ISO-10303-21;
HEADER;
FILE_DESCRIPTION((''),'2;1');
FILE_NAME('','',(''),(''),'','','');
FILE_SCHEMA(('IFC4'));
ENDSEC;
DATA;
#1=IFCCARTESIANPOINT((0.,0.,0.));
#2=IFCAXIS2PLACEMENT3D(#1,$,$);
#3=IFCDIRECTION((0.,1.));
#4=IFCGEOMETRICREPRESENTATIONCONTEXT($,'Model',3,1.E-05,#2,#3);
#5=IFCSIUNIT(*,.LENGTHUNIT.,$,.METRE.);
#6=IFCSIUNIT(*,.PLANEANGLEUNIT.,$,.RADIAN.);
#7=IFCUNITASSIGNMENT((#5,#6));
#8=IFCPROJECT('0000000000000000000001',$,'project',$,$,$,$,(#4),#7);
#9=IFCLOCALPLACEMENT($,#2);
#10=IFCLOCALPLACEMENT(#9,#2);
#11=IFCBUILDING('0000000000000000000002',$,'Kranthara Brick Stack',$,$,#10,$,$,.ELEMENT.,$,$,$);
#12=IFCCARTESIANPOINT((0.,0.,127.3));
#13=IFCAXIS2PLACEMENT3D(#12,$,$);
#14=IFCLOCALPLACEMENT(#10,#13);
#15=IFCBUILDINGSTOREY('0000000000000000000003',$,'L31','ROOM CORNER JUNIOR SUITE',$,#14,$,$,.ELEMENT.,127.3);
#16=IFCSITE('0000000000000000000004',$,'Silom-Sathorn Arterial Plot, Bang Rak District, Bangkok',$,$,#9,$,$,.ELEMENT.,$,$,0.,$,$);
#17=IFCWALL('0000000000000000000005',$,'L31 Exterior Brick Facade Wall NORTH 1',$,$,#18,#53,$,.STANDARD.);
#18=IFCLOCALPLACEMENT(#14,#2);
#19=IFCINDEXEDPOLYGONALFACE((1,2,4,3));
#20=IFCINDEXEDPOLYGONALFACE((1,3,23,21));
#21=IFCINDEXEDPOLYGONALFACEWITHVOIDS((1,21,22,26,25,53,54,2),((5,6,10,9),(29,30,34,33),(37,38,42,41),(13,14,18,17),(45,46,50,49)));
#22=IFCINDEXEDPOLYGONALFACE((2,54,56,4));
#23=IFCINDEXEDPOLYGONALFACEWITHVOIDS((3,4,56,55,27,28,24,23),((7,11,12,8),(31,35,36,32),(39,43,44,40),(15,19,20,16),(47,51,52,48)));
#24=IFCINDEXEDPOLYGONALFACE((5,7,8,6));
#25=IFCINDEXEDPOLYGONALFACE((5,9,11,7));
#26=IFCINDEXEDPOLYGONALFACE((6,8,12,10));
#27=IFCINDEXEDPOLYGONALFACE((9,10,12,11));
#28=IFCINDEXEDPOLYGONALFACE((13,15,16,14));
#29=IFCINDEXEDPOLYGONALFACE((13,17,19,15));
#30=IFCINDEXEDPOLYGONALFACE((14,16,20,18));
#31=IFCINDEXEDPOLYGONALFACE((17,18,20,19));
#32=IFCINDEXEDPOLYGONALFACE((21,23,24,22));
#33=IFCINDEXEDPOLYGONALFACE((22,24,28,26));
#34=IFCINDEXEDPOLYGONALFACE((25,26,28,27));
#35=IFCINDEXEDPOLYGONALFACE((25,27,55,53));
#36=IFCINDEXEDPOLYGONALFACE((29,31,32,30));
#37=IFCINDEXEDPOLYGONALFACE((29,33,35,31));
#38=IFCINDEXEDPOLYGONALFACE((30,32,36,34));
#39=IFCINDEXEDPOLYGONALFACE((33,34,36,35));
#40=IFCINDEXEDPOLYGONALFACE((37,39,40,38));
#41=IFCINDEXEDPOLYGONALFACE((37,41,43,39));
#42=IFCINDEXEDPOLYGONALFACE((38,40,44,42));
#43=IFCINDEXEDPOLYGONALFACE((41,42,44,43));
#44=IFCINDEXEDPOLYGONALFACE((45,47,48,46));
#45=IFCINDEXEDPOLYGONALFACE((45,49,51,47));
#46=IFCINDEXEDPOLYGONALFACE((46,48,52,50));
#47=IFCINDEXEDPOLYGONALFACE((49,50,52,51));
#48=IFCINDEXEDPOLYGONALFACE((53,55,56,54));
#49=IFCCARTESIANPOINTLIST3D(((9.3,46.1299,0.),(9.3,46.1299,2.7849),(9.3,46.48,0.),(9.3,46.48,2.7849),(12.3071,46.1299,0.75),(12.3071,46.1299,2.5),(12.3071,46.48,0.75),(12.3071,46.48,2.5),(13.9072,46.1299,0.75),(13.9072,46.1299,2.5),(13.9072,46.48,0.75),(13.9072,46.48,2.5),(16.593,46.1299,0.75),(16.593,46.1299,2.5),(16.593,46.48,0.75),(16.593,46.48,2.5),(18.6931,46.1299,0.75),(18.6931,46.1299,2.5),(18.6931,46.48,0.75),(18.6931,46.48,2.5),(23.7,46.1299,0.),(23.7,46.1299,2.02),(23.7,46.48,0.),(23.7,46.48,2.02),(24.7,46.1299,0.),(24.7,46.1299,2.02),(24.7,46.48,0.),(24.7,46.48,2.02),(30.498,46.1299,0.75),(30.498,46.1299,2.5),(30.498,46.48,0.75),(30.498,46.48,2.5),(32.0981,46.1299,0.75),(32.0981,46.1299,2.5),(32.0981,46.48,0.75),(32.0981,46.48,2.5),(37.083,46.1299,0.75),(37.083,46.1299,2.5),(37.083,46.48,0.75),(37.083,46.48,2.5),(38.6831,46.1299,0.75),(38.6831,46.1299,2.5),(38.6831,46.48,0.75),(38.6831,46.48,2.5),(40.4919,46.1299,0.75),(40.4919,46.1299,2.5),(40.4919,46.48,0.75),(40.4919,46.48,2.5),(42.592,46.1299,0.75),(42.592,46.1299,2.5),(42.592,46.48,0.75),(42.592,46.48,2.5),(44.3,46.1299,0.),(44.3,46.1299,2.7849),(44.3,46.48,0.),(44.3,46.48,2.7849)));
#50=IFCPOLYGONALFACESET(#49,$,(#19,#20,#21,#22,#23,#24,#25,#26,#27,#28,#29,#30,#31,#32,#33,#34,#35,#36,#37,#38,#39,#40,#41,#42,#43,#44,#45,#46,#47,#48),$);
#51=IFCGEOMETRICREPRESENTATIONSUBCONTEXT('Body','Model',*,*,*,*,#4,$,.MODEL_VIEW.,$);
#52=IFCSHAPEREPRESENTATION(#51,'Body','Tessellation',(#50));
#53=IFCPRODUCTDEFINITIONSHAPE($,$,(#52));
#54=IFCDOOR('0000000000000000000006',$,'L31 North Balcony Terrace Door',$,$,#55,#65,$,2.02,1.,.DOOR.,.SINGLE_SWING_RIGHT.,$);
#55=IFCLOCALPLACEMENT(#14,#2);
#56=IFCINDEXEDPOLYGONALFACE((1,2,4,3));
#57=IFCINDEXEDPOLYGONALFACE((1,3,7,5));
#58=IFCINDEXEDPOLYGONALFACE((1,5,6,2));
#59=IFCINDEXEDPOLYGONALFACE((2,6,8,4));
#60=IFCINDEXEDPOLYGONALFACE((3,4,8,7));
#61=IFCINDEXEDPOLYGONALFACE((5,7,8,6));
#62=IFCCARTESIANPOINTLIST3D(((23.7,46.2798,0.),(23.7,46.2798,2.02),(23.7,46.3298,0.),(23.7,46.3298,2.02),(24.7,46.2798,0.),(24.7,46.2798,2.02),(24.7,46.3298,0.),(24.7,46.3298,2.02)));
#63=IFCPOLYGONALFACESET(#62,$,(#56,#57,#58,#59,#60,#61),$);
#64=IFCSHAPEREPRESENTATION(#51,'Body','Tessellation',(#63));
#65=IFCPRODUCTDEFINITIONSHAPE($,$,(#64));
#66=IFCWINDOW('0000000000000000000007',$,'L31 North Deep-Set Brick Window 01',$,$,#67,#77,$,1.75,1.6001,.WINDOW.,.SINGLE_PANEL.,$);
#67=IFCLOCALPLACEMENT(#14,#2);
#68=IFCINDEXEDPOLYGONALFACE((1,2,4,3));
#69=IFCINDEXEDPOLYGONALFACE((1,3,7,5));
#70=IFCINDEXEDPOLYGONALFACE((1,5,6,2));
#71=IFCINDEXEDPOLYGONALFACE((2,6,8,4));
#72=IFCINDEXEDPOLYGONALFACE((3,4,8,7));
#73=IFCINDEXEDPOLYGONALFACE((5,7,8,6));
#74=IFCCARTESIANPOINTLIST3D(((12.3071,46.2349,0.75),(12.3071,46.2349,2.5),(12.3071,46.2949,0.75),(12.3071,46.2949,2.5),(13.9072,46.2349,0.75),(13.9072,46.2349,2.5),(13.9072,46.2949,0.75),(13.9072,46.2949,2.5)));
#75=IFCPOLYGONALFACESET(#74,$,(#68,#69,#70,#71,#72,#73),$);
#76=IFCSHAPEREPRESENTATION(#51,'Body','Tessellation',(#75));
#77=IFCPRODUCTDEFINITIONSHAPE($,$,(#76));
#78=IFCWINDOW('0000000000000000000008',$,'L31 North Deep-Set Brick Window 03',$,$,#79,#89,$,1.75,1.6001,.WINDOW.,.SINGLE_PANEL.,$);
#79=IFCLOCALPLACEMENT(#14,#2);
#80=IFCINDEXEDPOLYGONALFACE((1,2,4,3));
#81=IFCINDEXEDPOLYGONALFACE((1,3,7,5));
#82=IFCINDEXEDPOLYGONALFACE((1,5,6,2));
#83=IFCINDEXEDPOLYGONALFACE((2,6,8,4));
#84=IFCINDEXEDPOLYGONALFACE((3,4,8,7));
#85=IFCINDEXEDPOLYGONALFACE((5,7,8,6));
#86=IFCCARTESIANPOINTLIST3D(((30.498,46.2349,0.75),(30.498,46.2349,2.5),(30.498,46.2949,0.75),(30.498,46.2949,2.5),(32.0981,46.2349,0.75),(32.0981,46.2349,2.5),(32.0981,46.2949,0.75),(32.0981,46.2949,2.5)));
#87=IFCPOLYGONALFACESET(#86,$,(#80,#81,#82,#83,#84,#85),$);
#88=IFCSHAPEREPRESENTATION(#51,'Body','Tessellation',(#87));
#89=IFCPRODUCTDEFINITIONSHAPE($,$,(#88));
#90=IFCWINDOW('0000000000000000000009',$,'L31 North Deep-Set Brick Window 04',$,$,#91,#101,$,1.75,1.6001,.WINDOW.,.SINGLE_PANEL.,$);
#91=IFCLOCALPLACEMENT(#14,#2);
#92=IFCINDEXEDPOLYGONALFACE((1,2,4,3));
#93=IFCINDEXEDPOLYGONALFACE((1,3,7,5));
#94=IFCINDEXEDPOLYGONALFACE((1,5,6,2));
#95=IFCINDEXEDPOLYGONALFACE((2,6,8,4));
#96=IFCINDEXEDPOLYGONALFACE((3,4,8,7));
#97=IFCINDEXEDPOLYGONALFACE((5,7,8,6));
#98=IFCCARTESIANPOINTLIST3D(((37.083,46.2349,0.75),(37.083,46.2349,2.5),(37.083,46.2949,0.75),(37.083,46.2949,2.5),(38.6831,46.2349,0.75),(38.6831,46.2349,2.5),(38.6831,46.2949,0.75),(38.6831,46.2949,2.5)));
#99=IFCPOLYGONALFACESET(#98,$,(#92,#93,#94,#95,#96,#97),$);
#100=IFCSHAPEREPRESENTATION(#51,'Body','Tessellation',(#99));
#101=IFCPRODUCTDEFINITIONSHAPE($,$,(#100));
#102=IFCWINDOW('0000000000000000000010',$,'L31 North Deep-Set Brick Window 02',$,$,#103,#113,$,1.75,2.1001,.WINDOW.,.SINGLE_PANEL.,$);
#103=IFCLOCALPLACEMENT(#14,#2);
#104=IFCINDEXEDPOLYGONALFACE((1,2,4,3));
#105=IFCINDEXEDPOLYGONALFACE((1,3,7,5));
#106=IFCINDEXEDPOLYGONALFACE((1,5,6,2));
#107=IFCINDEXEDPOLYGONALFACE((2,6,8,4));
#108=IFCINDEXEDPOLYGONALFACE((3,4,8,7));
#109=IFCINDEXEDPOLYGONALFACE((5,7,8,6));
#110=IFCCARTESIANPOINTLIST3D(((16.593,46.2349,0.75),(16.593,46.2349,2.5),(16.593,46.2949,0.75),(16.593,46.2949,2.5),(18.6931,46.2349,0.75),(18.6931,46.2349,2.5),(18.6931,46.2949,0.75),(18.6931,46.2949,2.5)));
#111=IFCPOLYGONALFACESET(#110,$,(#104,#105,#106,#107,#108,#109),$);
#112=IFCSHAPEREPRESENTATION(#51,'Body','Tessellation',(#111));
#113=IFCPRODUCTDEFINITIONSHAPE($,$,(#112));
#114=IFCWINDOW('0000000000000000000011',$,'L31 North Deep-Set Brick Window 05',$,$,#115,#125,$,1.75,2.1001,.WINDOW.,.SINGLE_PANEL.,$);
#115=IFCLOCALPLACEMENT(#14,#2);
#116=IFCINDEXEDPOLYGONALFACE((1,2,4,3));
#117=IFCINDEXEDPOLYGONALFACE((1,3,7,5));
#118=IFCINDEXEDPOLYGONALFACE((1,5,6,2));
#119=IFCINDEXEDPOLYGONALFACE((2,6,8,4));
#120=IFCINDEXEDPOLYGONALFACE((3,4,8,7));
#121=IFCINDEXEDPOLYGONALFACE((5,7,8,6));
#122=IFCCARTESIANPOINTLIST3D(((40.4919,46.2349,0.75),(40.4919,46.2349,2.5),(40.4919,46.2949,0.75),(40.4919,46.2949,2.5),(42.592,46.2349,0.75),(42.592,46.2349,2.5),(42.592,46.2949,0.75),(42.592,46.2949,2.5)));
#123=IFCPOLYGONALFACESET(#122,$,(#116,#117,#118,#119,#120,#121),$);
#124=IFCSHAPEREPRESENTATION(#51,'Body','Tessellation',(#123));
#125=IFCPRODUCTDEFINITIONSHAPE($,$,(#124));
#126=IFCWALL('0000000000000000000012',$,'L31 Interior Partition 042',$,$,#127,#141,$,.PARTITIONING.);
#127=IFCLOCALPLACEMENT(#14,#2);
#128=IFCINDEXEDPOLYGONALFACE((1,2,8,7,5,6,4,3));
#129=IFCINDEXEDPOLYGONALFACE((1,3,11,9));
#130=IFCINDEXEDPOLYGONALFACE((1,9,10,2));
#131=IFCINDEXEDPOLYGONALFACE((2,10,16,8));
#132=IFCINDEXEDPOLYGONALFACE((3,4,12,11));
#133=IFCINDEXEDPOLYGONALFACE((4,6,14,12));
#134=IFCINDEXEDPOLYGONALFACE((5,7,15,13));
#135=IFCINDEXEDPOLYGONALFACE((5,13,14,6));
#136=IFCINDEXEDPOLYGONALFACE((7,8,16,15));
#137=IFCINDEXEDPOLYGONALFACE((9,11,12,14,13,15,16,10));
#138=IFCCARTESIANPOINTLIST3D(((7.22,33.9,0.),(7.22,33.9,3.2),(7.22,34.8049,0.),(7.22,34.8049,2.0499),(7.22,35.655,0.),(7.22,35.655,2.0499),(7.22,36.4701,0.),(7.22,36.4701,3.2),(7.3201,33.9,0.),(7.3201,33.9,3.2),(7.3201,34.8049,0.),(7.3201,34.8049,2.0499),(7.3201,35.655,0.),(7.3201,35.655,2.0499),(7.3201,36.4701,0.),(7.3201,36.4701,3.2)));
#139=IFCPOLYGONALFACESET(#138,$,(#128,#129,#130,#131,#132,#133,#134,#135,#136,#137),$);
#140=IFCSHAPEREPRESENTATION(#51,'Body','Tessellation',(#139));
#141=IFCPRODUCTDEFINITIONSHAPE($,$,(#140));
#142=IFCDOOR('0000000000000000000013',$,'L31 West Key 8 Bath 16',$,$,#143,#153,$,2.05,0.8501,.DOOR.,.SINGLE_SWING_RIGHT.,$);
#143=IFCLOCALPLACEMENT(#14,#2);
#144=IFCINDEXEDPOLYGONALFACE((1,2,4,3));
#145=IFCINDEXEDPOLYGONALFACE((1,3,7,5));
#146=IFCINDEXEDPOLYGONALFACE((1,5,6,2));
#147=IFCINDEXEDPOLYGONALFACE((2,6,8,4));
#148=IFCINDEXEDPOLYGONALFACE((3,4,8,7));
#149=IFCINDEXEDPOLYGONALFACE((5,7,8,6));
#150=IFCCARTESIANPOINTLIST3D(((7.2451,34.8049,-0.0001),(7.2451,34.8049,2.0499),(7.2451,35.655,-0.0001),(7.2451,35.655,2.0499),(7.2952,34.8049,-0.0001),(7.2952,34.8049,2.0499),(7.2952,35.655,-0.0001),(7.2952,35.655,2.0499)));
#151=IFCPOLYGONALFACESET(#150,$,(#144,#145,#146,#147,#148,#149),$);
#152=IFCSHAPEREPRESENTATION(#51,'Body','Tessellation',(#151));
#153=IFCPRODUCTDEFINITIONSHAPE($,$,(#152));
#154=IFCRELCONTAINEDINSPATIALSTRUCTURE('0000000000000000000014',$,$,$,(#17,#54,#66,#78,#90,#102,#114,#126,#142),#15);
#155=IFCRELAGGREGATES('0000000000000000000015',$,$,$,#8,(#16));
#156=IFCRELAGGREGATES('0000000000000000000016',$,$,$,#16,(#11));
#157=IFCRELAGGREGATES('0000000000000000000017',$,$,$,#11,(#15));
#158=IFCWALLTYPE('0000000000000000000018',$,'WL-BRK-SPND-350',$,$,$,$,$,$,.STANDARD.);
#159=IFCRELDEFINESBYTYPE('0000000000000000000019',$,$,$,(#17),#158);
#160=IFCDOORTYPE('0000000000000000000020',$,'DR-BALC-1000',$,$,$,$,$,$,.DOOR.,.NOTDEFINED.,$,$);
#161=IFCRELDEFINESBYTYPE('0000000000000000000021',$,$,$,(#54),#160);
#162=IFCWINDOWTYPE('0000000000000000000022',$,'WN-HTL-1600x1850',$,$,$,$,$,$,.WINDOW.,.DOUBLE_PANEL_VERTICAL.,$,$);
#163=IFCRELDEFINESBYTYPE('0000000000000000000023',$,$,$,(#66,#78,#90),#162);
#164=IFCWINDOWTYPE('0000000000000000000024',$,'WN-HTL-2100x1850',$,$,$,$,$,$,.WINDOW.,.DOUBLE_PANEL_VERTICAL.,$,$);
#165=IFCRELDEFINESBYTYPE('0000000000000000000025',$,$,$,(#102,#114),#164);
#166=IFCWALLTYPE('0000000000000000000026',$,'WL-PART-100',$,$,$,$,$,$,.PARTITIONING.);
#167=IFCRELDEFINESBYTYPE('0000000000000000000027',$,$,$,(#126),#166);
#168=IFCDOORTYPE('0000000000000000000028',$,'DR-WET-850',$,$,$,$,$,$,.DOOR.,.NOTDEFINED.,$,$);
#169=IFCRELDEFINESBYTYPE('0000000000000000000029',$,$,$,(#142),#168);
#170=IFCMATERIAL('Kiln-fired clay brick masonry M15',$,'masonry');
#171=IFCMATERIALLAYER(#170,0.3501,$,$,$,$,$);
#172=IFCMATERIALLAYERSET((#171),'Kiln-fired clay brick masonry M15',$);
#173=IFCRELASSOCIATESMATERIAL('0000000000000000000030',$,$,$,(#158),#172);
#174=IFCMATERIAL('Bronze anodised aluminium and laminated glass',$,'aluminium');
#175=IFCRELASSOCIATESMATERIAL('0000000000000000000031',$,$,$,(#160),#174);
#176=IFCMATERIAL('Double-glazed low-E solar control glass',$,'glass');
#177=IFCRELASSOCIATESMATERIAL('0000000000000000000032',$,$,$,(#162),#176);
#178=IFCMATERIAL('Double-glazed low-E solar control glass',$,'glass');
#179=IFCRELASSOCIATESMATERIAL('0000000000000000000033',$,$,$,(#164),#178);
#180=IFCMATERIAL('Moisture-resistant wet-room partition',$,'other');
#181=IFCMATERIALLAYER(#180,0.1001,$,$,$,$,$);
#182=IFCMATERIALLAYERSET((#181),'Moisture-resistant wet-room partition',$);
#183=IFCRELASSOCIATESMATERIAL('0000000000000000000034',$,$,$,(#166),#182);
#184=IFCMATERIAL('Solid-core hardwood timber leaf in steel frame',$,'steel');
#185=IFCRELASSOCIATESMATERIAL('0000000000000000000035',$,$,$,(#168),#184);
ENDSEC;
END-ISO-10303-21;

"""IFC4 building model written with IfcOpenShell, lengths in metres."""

from ifc_helpers import new_model, si_unit, direction, frame, frame_2d, origin, place, context, subcontext, project, spatial, rectangle, extrude, material, layer, layer_set, type_object, element, fill, save


model = new_model("IFC4")

# Units and contexts
model_context = context("Model", 3, precision=1e-05, world=origin(), true_north=direction((0.0, 1.0)))
body_context = subcontext(model_context, "Body", "Model", "MODEL_VIEW")
ifc_project = project(units=[si_unit("LENGTHUNIT", "METRE"), si_unit("PLANEANGLEUNIT", "RADIAN")], contexts=[model_context])

# Site, building, storey
site_placement = place(None, origin())
site = spatial("IfcSite", under=ifc_project, at=site_placement, Name="Silom-Sathorn Arterial Plot, Bang Rak District, Bangkok", CompositionType="ELEMENT", RefElevation=0.0)
building_placement = place(site_placement, origin())
building = spatial("IfcBuilding", under=site, at=building_placement, Name="Kranthara Brick Stack", CompositionType="ELEMENT")
storey_placement = place(building_placement, frame((0.0, 0.0, 127.3)))
storey = spatial("IfcBuildingStorey", under=building, at=storey_placement, Name="L31", Description="ROOM CORNER JUNIOR SUITE", CompositionType="ELEMENT", Elevation=127.3)

# Shared definitions
ifc_material_1 = material(Name="Kiln-fired clay brick masonry M15", Category="masonry")
ifc_layer_1 = layer(ifc_material_1, 0.3501)
ifc_layer_set_1 = layer_set([ifc_layer_1], Name="Kiln-fired clay brick masonry M15")
wall_type_1 = type_object("IfcWallType", Name="WL-BRK-SPND-350", PredefinedType="STANDARD", material=ifc_layer_set_1)

# Wall, openings, door, windows
wall_1_placement = place(storey_placement, frame((9.3, 46.3049, 0.0), z_axis=(0.0, 0.0, 1.0), x_axis=(1.0, 0.0, 0.0)))
wall_1 = element("IfcWall", 1, at=wall_1_placement, inside=storey, type_object=wall_type_1, Name="L31 Exterior Brick Facade Wall NORTH 1", PredefinedType="STANDARD", context=body_context, shape_type="SweptSolid", body=[
    extrude(rectangle(XDim=35.0, YDim=0.3501, at=frame_2d((17.5, 0.0))), origin(), (0.0, 0.0, 1.0), 2.7849),
])
opening_1_placement = place(wall_1_placement, frame((14.3999, 0.0, 0.0)))
opening_1 = element("IfcOpeningElement", 2, at=opening_1_placement, cuts=wall_1, PredefinedType="OPENING", context=body_context, shape_type="SweptSolid", body=[
    extrude(rectangle(XDim=1.0, YDim=2.02, at=frame_2d((0.5, 1.01))), frame((0.0, 0.1851, 0.0), z_axis=(0.0, -1.0, 0.0), x_axis=(1.0, 0.0, 0.0)), (0.0, 0.0, 1.0), 0.3701),
])
opening_2_placement = place(wall_1_placement, frame((3.0071, 0.0, 0.75)))
opening_2 = element("IfcOpeningElement", 3, at=opening_2_placement, cuts=wall_1, PredefinedType="OPENING", context=body_context, shape_type="SweptSolid", body=[
    extrude(rectangle(XDim=1.6001, YDim=1.75, at=frame_2d((0.8, 0.875))), frame((0.0, 0.1851, 0.0), z_axis=(0.0, -1.0, 0.0), x_axis=(1.0, 0.0, 0.0)), (0.0, 0.0, 1.0), 0.3701),
])
opening_3_placement = place(wall_1_placement, frame((7.293, 0.0, 0.75)))
opening_3 = element("IfcOpeningElement", 4, at=opening_3_placement, cuts=wall_1, PredefinedType="OPENING", context=body_context, shape_type="SweptSolid", body=[
    extrude(rectangle(XDim=2.1001, YDim=1.75, at=frame_2d((1.05, 0.875))), frame((0.0, 0.1851, 0.0), z_axis=(0.0, -1.0, 0.0), x_axis=(1.0, 0.0, 0.0)), (0.0, 0.0, 1.0), 0.3701),
])
opening_4_placement = place(wall_1_placement, frame((21.198, 0.0, 0.75)))
opening_4 = element("IfcOpeningElement", 5, at=opening_4_placement, cuts=wall_1, PredefinedType="OPENING", context=body_context, shape_type="SweptSolid", body=[
    extrude(rectangle(XDim=1.6001, YDim=1.75, at=frame_2d((0.8, 0.875))), frame((0.0, 0.1851, 0.0), z_axis=(0.0, -1.0, 0.0), x_axis=(1.0, 0.0, 0.0)), (0.0, 0.0, 1.0), 0.3701),
])
opening_5_placement = place(wall_1_placement, frame((27.783, 0.0, 0.75)))
opening_5 = element("IfcOpeningElement", 6, at=opening_5_placement, cuts=wall_1, PredefinedType="OPENING", context=body_context, shape_type="SweptSolid", body=[
    extrude(rectangle(XDim=1.6001, YDim=1.75, at=frame_2d((0.8, 0.875))), frame((0.0, 0.1851, 0.0), z_axis=(0.0, -1.0, 0.0), x_axis=(1.0, 0.0, 0.0)), (0.0, 0.0, 1.0), 0.3701),
])
opening_6_placement = place(wall_1_placement, frame((31.1919, 0.0, 0.75)))
opening_6 = element("IfcOpeningElement", 7, at=opening_6_placement, cuts=wall_1, PredefinedType="OPENING", context=body_context, shape_type="SweptSolid", body=[
    extrude(rectangle(XDim=2.1001, YDim=1.75, at=frame_2d((1.05, 0.875))), frame((0.0, 0.1851, 0.0), z_axis=(0.0, -1.0, 0.0), x_axis=(1.0, 0.0, 0.0)), (0.0, 0.0, 1.0), 0.3701),
])
ifc_material_2 = material(Name="Bronze anodised aluminium and laminated glass", Category="aluminium")
door_type_1 = type_object("IfcDoorType", Name="DR-BALC-1000", OperationType="NOTDEFINED", PredefinedType="DOOR", material=ifc_material_2)
door_1_placement = place(opening_1_placement, origin())
door_1 = element("IfcDoor", 8, at=door_1_placement, inside=storey, type_object=door_type_1, Name="L31 North Balcony Terrace Door", OperationType="SINGLE_SWING_RIGHT", OverallHeight=2.02, OverallWidth=1.0, PredefinedType="DOOR", context=body_context, shape_type="SweptSolid", body=[
    extrude(rectangle(XDim=1.0, YDim=2.02, at=frame_2d((0.5, 1.01))), frame((0.0, 0.0249, 0.0), z_axis=(0.0, -1.0, 0.0), x_axis=(1.0, 0.0, 0.0)), (0.0, 0.0, 1.0), 0.05),
])
fill(opening_1, door_1)
ifc_material_3 = material(Name="Double-glazed low-E solar control glass", Category="glass")
window_type_1 = type_object("IfcWindowType", Name="WN-HTL-1600x1850", PartitioningType="DOUBLE_PANEL_VERTICAL", PredefinedType="WINDOW", material=ifc_material_3)
window_1_placement = place(opening_2_placement, origin())
window_1 = element("IfcWindow", 9, at=window_1_placement, inside=storey, type_object=window_type_1, Name="L31 North Deep-Set Brick Window 01", OverallHeight=1.75, OverallWidth=1.6001, PartitioningType="SINGLE_PANEL", PredefinedType="WINDOW", context=body_context, shape_type="SweptSolid", body=[
    extrude(rectangle(XDim=1.6001, YDim=1.75, at=frame_2d((0.8, 0.875))), frame((0.0, -0.01, 0.0), z_axis=(0.0, -1.0, 0.0), x_axis=(1.0, 0.0, 0.0)), (0.0, 0.0, 1.0), 0.0601),
])
fill(opening_2, window_1)
window_2_placement = place(opening_4_placement, origin())
window_2 = element("IfcWindow", 10, at=window_2_placement, inside=storey, type_object=window_type_1, Name="L31 North Deep-Set Brick Window 03", OverallHeight=1.75, OverallWidth=1.6001, PartitioningType="SINGLE_PANEL", PredefinedType="WINDOW", context=body_context, shape_type="SweptSolid", body=[
    extrude(rectangle(XDim=1.6001, YDim=1.75, at=frame_2d((0.8, 0.875))), frame((0.0, -0.01, 0.0), z_axis=(0.0, -1.0, 0.0), x_axis=(1.0, 0.0, 0.0)), (0.0, 0.0, 1.0), 0.0601),
])
fill(opening_4, window_2)
window_3_placement = place(opening_5_placement, origin())
window_3 = element("IfcWindow", 11, at=window_3_placement, inside=storey, type_object=window_type_1, Name="L31 North Deep-Set Brick Window 04", OverallHeight=1.75, OverallWidth=1.6001, PartitioningType="SINGLE_PANEL", PredefinedType="WINDOW", context=body_context, shape_type="SweptSolid", body=[
    extrude(rectangle(XDim=1.6001, YDim=1.75, at=frame_2d((0.8, 0.875))), frame((0.0, -0.01, 0.0), z_axis=(0.0, -1.0, 0.0), x_axis=(1.0, 0.0, 0.0)), (0.0, 0.0, 1.0), 0.0601),
])
fill(opening_5, window_3)
ifc_material_4 = material(Name="Double-glazed low-E solar control glass", Category="glass")
window_type_2 = type_object("IfcWindowType", Name="WN-HTL-2100x1850", PartitioningType="DOUBLE_PANEL_VERTICAL", PredefinedType="WINDOW", material=ifc_material_4)
window_4_placement = place(opening_3_placement, origin())
window_4 = element("IfcWindow", 12, at=window_4_placement, inside=storey, type_object=window_type_2, Name="L31 North Deep-Set Brick Window 02", OverallHeight=1.75, OverallWidth=2.1001, PartitioningType="SINGLE_PANEL", PredefinedType="WINDOW", context=body_context, shape_type="SweptSolid", body=[
    extrude(rectangle(XDim=2.1001, YDim=1.75, at=frame_2d((1.05, 0.875))), frame((0.0, -0.01, 0.0), z_axis=(0.0, -1.0, 0.0), x_axis=(1.0, 0.0, 0.0)), (0.0, 0.0, 1.0), 0.0601),
])
fill(opening_3, window_4)
window_5_placement = place(opening_6_placement, origin())
window_5 = element("IfcWindow", 13, at=window_5_placement, inside=storey, type_object=window_type_2, Name="L31 North Deep-Set Brick Window 05", OverallHeight=1.75, OverallWidth=2.1001, PartitioningType="SINGLE_PANEL", PredefinedType="WINDOW", context=body_context, shape_type="SweptSolid", body=[
    extrude(rectangle(XDim=2.1001, YDim=1.75, at=frame_2d((1.05, 0.875))), frame((0.0, -0.01, 0.0), z_axis=(0.0, -1.0, 0.0), x_axis=(1.0, 0.0, 0.0)), (0.0, 0.0, 1.0), 0.0601),
])
fill(opening_6, window_5)

# Wall, opening, door
ifc_material_5 = material(Name="Moisture-resistant wet-room partition", Category="other")
ifc_layer_2 = layer(ifc_material_5, 0.1001)
ifc_layer_set_2 = layer_set([ifc_layer_2], Name="Moisture-resistant wet-room partition")
wall_type_2 = type_object("IfcWallType", Name="WL-PART-100", PredefinedType="PARTITIONING", material=ifc_layer_set_2)
wall_2_placement = place(storey_placement, frame((7.27, 33.8999, 0.0), z_axis=(0.0, 0.0, 1.0), x_axis=(0.0, 1.0, 0.0)))
wall_2 = element("IfcWall", 14, at=wall_2_placement, inside=storey, type_object=wall_type_2, Name="L31 Interior Partition 042", PredefinedType="PARTITIONING", context=body_context, shape_type="SweptSolid", body=[
    extrude(rectangle(XDim=2.5701, YDim=0.1001, at=frame_2d((1.2852, 0.0))), origin(), (0.0, 0.0, 1.0), 3.2),
])
opening_7_placement = place(wall_2_placement, frame((0.905, 0.0, 0.0)))
opening_7 = element("IfcOpeningElement", 15, at=opening_7_placement, cuts=wall_2, PredefinedType="OPENING", context=body_context, shape_type="SweptSolid", body=[
    extrude(rectangle(XDim=0.8501, YDim=2.05, at=frame_2d((0.425, 1.0249))), frame((0.0, 0.0601, 0.0), z_axis=(0.0, -1.0, 0.0), x_axis=(1.0, 0.0, 0.0)), (0.0, 0.0, 1.0), 0.1201),
])
ifc_material_6 = material(Name="Solid-core hardwood timber leaf in steel frame", Category="steel")
door_type_2 = type_object("IfcDoorType", Name="DR-WET-850", OperationType="NOTDEFINED", PredefinedType="DOOR", material=ifc_material_6)
door_2_placement = place(opening_7_placement, origin())
door_2 = element("IfcDoor", 16, at=door_2_placement, inside=storey, type_object=door_type_2, Name="L31 West Key 8 Bath 16", OperationType="SINGLE_SWING_RIGHT", OverallHeight=2.05, OverallWidth=0.8501, PredefinedType="DOOR", context=body_context, shape_type="SweptSolid", body=[
    extrude(rectangle(XDim=0.8501, YDim=2.05, at=frame_2d((0.425, 1.0249))), frame((0.0, 0.0249, 0.0), z_axis=(0.0, -1.0, 0.0), x_axis=(1.0, 0.0, 0.0)), (0.0, 0.0, 1.0), 0.05),
])
fill(opening_7, door_2)

save(model, "model.ifc")
